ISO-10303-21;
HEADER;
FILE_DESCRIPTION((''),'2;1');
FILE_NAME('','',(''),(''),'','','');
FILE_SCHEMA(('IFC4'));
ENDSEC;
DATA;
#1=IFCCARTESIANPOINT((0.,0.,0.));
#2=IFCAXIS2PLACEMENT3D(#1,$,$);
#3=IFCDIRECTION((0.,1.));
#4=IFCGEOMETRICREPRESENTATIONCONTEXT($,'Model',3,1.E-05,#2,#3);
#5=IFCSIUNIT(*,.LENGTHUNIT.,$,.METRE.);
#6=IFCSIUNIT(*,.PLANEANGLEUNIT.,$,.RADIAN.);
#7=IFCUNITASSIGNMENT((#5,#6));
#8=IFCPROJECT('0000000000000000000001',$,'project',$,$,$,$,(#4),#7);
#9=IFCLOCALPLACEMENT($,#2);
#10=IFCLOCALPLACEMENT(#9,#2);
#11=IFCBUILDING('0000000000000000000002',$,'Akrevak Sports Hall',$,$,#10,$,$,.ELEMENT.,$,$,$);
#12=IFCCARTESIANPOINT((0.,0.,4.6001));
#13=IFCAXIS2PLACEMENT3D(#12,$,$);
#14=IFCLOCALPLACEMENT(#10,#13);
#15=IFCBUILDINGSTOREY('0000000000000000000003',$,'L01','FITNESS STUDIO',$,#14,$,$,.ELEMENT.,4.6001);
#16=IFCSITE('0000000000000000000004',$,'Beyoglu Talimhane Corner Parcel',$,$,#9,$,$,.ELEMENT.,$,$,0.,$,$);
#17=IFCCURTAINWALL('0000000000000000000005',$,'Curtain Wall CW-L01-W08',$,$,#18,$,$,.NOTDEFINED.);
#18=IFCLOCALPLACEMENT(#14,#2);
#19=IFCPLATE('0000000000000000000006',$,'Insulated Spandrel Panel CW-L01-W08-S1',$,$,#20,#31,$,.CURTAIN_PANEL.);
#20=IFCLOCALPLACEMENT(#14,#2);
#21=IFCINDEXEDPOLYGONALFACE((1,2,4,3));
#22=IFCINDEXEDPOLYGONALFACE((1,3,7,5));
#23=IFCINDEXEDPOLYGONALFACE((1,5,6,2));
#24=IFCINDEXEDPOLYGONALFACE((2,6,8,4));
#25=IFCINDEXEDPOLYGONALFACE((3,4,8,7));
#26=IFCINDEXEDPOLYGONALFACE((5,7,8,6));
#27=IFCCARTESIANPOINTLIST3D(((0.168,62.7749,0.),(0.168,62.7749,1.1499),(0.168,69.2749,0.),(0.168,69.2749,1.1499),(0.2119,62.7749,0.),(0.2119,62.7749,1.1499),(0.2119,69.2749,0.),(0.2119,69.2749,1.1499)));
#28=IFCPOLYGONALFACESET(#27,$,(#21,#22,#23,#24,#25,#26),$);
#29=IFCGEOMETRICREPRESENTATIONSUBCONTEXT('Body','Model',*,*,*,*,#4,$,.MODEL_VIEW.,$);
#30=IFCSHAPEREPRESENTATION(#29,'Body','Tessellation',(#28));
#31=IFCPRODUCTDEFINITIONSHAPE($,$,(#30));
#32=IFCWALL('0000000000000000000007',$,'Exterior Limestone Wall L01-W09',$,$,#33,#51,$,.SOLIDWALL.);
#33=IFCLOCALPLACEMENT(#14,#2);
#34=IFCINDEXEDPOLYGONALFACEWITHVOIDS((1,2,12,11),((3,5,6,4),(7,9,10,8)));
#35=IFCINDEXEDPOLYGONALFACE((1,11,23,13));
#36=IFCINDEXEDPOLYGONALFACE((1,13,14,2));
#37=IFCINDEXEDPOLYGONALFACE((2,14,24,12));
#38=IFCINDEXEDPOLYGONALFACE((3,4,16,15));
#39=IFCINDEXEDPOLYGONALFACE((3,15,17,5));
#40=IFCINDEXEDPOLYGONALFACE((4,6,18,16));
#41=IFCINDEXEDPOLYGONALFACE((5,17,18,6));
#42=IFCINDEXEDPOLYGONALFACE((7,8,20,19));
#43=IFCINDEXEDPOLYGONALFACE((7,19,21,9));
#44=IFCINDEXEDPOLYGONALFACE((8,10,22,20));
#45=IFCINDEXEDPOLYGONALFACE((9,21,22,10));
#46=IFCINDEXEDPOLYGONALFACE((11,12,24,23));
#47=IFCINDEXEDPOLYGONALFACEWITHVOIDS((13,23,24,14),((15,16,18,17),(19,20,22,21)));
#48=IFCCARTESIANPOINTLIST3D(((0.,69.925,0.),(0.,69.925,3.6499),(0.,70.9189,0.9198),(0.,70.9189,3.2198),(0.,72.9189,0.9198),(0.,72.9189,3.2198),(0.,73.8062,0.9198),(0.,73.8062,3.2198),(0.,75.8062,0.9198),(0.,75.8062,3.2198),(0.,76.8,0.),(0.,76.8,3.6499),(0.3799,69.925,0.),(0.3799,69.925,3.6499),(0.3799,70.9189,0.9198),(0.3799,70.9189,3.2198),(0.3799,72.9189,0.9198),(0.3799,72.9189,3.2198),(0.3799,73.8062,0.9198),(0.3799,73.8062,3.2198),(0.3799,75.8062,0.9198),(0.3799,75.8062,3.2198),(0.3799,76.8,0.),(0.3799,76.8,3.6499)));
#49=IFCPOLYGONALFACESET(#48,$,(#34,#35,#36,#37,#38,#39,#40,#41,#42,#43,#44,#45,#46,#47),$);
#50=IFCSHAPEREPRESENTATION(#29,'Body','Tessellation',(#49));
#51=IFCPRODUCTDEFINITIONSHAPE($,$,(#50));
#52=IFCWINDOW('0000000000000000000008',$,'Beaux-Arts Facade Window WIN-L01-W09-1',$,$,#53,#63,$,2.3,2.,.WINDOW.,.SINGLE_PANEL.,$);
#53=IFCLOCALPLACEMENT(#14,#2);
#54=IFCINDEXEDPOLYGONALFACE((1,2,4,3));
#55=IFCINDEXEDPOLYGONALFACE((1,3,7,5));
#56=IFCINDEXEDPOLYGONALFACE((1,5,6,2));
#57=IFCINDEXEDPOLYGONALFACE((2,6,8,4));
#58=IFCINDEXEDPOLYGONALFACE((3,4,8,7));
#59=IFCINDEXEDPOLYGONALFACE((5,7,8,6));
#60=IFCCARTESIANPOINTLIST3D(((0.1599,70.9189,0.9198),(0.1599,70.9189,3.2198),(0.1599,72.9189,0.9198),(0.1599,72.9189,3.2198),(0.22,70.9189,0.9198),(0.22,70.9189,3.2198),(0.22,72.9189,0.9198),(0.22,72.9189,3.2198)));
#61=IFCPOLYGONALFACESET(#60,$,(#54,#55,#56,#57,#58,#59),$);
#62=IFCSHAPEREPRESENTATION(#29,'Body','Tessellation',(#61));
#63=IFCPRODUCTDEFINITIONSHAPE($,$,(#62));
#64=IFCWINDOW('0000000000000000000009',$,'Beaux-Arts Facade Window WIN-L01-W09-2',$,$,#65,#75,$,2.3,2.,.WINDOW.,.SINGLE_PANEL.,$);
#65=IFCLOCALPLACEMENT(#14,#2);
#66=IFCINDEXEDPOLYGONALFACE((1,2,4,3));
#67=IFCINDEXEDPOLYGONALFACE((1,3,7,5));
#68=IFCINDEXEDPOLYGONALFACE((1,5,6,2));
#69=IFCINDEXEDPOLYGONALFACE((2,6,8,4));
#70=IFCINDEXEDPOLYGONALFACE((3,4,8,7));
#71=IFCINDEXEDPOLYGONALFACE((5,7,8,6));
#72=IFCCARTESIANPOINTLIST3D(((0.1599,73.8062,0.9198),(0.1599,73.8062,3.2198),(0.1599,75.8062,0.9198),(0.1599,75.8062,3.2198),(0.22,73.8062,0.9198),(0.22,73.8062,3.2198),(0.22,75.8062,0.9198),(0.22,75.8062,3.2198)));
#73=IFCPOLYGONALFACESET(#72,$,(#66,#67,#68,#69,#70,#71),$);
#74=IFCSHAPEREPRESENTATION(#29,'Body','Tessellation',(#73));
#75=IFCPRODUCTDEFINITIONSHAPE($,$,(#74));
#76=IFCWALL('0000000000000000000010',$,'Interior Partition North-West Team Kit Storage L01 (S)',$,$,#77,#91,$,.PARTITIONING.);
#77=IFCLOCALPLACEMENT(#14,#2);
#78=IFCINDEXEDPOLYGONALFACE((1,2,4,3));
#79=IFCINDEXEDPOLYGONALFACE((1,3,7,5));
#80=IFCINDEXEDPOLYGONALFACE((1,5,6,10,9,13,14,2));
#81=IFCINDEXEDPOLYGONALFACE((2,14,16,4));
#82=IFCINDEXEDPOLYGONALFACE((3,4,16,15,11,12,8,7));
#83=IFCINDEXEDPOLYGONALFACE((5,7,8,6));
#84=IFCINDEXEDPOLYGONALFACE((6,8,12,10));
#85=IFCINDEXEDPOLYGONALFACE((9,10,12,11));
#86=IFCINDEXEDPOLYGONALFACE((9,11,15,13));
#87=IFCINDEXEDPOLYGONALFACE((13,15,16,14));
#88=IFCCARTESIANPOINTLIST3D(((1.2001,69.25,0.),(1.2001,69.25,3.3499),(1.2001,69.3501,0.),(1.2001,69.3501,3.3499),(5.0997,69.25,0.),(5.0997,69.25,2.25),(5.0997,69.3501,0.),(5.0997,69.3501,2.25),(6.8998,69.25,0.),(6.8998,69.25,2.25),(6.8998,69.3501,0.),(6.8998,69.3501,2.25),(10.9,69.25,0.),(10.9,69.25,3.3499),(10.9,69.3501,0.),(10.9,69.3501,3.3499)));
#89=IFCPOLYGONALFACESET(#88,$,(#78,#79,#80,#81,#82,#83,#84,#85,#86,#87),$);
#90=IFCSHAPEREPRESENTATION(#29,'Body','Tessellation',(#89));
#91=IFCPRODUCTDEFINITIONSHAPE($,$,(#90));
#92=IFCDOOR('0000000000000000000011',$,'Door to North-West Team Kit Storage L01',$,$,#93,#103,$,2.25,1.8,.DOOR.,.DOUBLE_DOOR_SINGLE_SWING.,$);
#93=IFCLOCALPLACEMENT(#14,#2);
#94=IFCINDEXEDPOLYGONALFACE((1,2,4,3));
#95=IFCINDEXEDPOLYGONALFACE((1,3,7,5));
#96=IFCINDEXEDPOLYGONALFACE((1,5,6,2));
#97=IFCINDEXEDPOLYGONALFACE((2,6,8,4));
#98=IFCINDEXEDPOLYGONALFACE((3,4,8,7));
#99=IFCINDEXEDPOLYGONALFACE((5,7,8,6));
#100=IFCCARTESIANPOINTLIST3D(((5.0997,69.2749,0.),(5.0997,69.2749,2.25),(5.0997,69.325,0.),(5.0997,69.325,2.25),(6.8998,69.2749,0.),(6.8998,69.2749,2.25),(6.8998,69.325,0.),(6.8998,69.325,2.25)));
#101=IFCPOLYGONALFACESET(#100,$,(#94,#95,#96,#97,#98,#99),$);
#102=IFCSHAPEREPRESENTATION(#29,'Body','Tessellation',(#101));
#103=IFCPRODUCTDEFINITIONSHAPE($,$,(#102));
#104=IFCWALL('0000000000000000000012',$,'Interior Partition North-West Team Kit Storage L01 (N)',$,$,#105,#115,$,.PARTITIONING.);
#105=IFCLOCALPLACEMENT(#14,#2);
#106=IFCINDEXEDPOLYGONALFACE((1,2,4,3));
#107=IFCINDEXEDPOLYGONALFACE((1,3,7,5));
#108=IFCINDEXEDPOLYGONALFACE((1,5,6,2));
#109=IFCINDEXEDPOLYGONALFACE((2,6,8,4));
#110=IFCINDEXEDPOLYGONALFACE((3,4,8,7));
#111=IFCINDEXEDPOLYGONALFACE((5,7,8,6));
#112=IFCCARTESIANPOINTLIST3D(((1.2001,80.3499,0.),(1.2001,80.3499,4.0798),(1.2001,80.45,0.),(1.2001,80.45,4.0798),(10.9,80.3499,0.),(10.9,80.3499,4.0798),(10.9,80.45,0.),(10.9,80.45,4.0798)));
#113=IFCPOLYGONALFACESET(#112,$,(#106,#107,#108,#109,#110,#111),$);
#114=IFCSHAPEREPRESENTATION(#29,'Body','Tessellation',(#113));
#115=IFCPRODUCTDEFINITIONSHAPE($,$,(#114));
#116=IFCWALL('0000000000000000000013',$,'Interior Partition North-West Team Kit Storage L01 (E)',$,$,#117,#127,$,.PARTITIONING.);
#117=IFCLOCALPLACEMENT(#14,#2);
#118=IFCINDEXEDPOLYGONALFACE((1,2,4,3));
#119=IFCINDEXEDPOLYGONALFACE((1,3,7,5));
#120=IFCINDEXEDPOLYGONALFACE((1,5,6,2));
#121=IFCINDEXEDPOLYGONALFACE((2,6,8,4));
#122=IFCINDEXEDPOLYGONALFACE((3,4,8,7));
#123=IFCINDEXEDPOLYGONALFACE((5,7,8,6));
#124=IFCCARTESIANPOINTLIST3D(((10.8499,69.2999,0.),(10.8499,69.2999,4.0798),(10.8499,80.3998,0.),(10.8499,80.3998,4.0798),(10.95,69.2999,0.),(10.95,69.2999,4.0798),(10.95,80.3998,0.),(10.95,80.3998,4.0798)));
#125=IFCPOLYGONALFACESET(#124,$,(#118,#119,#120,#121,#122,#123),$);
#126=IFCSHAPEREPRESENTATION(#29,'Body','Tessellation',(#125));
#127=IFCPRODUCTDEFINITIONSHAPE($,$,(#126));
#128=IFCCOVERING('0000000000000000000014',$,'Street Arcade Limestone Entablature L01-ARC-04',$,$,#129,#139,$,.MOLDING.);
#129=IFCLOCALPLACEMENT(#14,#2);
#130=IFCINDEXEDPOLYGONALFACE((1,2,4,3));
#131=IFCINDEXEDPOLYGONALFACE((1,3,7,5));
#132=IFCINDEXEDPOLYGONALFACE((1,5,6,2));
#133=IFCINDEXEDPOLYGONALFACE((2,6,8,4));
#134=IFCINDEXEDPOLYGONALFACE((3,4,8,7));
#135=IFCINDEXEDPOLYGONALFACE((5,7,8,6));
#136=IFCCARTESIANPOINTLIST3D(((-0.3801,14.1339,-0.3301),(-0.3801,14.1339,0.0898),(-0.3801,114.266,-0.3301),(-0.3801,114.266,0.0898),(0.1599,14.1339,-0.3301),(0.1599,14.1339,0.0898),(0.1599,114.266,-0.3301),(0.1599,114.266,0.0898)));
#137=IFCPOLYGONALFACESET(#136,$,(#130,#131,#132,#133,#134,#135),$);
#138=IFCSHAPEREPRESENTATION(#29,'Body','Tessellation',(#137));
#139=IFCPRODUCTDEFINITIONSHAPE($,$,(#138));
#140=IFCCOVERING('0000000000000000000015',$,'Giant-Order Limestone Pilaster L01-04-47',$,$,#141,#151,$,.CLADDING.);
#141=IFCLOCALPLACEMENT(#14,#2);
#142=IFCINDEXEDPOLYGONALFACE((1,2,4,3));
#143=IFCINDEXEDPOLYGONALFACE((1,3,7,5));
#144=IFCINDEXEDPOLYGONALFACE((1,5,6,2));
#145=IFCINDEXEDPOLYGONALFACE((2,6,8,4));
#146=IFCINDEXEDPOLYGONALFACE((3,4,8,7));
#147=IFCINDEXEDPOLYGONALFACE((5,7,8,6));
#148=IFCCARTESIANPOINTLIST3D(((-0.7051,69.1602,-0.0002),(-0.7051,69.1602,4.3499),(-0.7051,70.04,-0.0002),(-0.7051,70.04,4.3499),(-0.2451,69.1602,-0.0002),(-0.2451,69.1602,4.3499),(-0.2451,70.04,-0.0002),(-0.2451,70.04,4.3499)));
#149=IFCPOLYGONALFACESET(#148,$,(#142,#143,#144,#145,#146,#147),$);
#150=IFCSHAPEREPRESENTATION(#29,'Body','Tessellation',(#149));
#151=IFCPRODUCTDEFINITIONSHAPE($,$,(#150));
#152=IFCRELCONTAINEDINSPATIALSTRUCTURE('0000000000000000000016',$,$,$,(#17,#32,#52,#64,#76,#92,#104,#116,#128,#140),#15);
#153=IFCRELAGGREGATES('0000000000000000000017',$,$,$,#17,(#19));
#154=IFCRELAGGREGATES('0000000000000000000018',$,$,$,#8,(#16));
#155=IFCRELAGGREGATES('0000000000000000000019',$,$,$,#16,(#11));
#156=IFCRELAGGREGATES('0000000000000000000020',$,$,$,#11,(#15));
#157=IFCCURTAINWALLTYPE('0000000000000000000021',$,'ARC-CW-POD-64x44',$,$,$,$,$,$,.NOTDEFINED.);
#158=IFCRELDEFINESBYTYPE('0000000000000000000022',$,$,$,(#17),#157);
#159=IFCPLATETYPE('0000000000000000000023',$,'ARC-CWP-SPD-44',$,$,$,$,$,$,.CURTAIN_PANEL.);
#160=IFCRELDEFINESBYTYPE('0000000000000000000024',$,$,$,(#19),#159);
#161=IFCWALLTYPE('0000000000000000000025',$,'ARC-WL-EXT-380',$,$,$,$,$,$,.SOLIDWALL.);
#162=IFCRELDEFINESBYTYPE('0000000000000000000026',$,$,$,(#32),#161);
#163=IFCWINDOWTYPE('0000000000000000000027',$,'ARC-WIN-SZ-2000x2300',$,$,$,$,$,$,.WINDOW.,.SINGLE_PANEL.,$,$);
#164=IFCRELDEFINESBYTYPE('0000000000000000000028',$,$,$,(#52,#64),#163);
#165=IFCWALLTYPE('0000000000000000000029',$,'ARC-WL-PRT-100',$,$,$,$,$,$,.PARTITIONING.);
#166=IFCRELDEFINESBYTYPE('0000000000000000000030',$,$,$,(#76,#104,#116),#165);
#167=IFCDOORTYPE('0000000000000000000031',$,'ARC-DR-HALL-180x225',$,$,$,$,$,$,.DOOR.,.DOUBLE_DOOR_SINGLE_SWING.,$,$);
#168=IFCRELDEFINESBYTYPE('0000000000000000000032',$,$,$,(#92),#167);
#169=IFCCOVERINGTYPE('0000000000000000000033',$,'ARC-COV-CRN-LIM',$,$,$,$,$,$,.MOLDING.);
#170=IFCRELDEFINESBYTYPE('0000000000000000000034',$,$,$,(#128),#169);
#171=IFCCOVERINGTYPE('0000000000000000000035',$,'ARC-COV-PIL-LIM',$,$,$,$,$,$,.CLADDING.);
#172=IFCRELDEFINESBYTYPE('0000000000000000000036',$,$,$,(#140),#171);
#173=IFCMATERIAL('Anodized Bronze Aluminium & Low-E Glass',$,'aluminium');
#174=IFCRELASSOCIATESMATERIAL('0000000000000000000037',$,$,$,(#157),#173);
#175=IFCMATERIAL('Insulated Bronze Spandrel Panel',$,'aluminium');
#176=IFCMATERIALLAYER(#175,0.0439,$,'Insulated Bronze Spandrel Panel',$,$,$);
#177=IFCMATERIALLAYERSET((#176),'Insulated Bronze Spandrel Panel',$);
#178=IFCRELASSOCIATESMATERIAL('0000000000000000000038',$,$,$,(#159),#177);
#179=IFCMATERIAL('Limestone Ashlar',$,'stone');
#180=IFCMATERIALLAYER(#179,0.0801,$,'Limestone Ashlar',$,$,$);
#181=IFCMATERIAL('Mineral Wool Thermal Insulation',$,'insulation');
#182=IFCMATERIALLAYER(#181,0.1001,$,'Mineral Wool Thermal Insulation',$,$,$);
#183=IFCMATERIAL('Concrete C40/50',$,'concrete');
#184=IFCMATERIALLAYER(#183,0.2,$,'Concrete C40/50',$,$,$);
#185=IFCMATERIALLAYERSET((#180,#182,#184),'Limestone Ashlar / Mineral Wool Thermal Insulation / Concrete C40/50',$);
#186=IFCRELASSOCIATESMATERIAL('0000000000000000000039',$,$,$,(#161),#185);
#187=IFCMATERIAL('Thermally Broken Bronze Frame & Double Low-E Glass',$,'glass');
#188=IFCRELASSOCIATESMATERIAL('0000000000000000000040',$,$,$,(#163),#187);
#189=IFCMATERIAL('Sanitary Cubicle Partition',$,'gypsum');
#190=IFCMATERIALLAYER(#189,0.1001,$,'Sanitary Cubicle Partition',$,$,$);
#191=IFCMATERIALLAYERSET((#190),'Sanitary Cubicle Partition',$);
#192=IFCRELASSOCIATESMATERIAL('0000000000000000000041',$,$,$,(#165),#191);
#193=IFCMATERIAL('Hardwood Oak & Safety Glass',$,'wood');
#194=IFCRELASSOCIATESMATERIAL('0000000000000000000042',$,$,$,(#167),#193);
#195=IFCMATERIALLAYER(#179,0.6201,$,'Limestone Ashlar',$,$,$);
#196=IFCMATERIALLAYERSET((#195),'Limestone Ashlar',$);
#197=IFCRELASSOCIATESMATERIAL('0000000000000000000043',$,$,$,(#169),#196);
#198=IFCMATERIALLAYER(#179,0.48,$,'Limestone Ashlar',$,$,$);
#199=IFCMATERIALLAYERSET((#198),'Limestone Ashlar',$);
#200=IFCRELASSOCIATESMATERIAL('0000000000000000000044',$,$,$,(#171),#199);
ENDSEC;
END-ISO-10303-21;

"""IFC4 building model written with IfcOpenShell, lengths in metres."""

from ifc_helpers import new_model, si_unit, direction, frame, frame_2d, origin, origin_2d, place, context, subcontext, project, spatial, rectangle, extrude, material, layer, layer_set, type_object, element, fill, aggregate, save


model = new_model("IFC4")

# Units and contexts
model_context = context("Model", 3, precision=1e-05, world=origin(), true_north=direction((0.0, 1.0)))
body_context = subcontext(model_context, "Body", "Model", "MODEL_VIEW")
ifc_project = project(units=[si_unit("LENGTHUNIT", "METRE"), si_unit("PLANEANGLEUNIT", "RADIAN")], contexts=[model_context])

# Site, building, storey
site_placement = place(None, origin())
site = spatial("IfcSite", under=ifc_project, at=site_placement, Name="Beyoglu Talimhane Corner Parcel", CompositionType="ELEMENT", RefElevation=0.0)
building_placement = place(site_placement, origin())
building = spatial("IfcBuilding", under=site, at=building_placement, Name="Akrevak Sports Hall", CompositionType="ELEMENT")
storey_placement = place(building_placement, frame((0.0, 0.0, 4.6001)))
storey = spatial("IfcBuildingStorey", under=building, at=storey_placement, Name="L01", Description="FITNESS STUDIO", CompositionType="ELEMENT", Elevation=4.6001)

# Shared definitions
ifc_material_1 = material(Name="Concrete C40/50", Category="concrete")

# Curtain wall
ifc_material_2 = material(Name="Anodized Bronze Aluminium & Low-E Glass", Category="aluminium")
curtain_wall_type = type_object("IfcCurtainWallType", Name="ARC-CW-POD-64x44", PredefinedType="NOTDEFINED", material=ifc_material_2)
curtain_wall_placement = place(storey_placement, origin())
curtain_wall = element("IfcCurtainWall", 1, at=curtain_wall_placement, inside=storey, type_object=curtain_wall_type, Name="Curtain Wall CW-L01-W08", PredefinedType="NOTDEFINED")

# Plate
ifc_material_3 = material(Name="Insulated Bronze Spandrel Panel", Category="aluminium")
ifc_layer_1 = layer(ifc_material_3, 0.0439, Name="Insulated Bronze Spandrel Panel")
ifc_layer_set_1 = layer_set([ifc_layer_1], Name="Insulated Bronze Spandrel Panel")
plate_type_1 = type_object("IfcPlateType", Name="ARC-CWP-SPD-44", PredefinedType="CURTAIN_PANEL", material=ifc_layer_set_1)
plate_1_placement = place(storey_placement, frame((0.1899, 66.0249, 0.0), z_axis=(0.0, 0.0, 1.0), x_axis=(0.0, -1.0, 0.0)))
plate_1 = element("IfcPlate", 2, at=plate_1_placement, type_object=plate_type_1, Name="Insulated Spandrel Panel CW-L01-W08-S1", PredefinedType="CURTAIN_PANEL", context=body_context, shape_type="SweptSolid", body=[
    extrude(rectangle(XDim=6.5, YDim=0.0439, at=origin_2d()), origin(), (0.0, 0.0, 1.0), 1.1499),
])
aggregate(curtain_wall, [plate_1])

# Wall, openings, windows
ifc_material_4 = material(Name="Limestone Ashlar", Category="stone")
ifc_layer_2 = layer(ifc_material_4, 0.0801, Name="Limestone Ashlar")
ifc_material_5 = material(Name="Mineral Wool Thermal Insulation", Category="insulation")
ifc_layer_3 = layer(ifc_material_5, 0.1001, Name="Mineral Wool Thermal Insulation")
ifc_layer_4 = layer(ifc_material_1, 0.2, Name="Concrete C40/50")
ifc_layer_set_2 = layer_set([ifc_layer_2, ifc_layer_3, ifc_layer_4], Name="Limestone Ashlar / Mineral Wool Thermal Insulation / Concrete C40/50")
wall_type_1 = type_object("IfcWallType", Name="ARC-WL-EXT-380", PredefinedType="SOLIDWALL", material=ifc_layer_set_2)
wall_1_placement = place(storey_placement, frame((0.1899, 76.8, 0.0), z_axis=(0.0, 0.0, 1.0), x_axis=(0.0, -1.0, 0.0)))
wall_1 = element("IfcWall", 3, at=wall_1_placement, inside=storey, type_object=wall_type_1, Name="Exterior Limestone Wall L01-W09", PredefinedType="SOLIDWALL", context=body_context, shape_type="SweptSolid", body=[
    extrude(rectangle(XDim=6.875, YDim=0.3799, at=frame_2d((3.4375, 0.0))), origin(), (0.0, 0.0, 1.0), 3.6499),
])
opening_1_placement = place(wall_1_placement, frame((3.8811, 0.0, 0.9199)))
opening_1 = element("IfcOpeningElement", 4, at=opening_1_placement, cuts=wall_1, PredefinedType="OPENING", context=body_context, shape_type="SweptSolid", body=[
    extrude(rectangle(XDim=2.0, YDim=2.3, at=frame_2d((1.0, 1.1499))), frame((0.0, 0.2019, 0.0), z_axis=(0.0, -1.0, 0.0), x_axis=(1.0, 0.0, 0.0)), (0.0, 0.0, 1.0), 0.4038),
])
opening_2_placement = place(wall_1_placement, frame((0.9939, 0.0, 0.9199)))
opening_2 = element("IfcOpeningElement", 5, at=opening_2_placement, cuts=wall_1, PredefinedType="OPENING", context=body_context, shape_type="SweptSolid", body=[
    extrude(rectangle(XDim=2.0, YDim=2.3, at=frame_2d((1.0, 1.1499))), frame((0.0, 0.2019, 0.0), z_axis=(0.0, -1.0, 0.0), x_axis=(1.0, 0.0, 0.0)), (0.0, 0.0, 1.0), 0.4038),
])
ifc_material_6 = material(Name="Thermally Broken Bronze Frame & Double Low-E Glass", Category="glass")
window_type = type_object("IfcWindowType", Name="ARC-WIN-SZ-2000x2300", PartitioningType="SINGLE_PANEL", PredefinedType="WINDOW", material=ifc_material_6)
window_1_placement = place(opening_1_placement, origin())
window_1 = element("IfcWindow", 6, at=window_1_placement, inside=storey, type_object=window_type, Name="Beaux-Arts Facade Window WIN-L01-W09-1", OverallHeight=2.3, OverallWidth=2.0, PartitioningType="SINGLE_PANEL", PredefinedType="WINDOW", context=body_context, shape_type="SweptSolid", body=[
    extrude(rectangle(XDim=2.0, YDim=2.3, at=frame_2d((1.0, 1.1499))), frame((0.0, 0.03, 0.0), z_axis=(0.0, -1.0, 0.0), x_axis=(1.0, 0.0, 0.0)), (0.0, 0.0, 1.0), 0.0601),
])
fill(opening_1, window_1)
window_2_placement = place(opening_2_placement, origin())
window_2 = element("IfcWindow", 7, at=window_2_placement, inside=storey, type_object=window_type, Name="Beaux-Arts Facade Window WIN-L01-W09-2", OverallHeight=2.3, OverallWidth=2.0, PartitioningType="SINGLE_PANEL", PredefinedType="WINDOW", context=body_context, shape_type="SweptSolid", body=[
    extrude(rectangle(XDim=2.0, YDim=2.3, at=frame_2d((1.0, 1.1499))), frame((0.0, 0.03, 0.0), z_axis=(0.0, -1.0, 0.0), x_axis=(1.0, 0.0, 0.0)), (0.0, 0.0, 1.0), 0.0601),
])
fill(opening_2, window_2)

# Wall, opening, door
ifc_material_7 = material(Name="Sanitary Cubicle Partition", Category="gypsum")
ifc_layer_5 = layer(ifc_material_7, 0.1001, Name="Sanitary Cubicle Partition")
ifc_layer_set_3 = layer_set([ifc_layer_5], Name="Sanitary Cubicle Partition")
wall_type_2 = type_object("IfcWallType", Name="ARC-WL-PRT-100", PredefinedType="PARTITIONING", material=ifc_layer_set_3)
wall_2_placement = place(storey_placement, frame((1.2, 69.3, 0.0), z_axis=(0.0, 0.0, 1.0), x_axis=(1.0, 0.0, 0.0)))
wall_2 = element("IfcWall", 8, at=wall_2_placement, inside=storey, type_object=wall_type_2, Name="Interior Partition North-West Team Kit Storage L01 (S)", PredefinedType="PARTITIONING", context=body_context, shape_type="SweptSolid", body=[
    extrude(rectangle(XDim=9.7, YDim=0.1001, at=frame_2d((4.8501, 0.0))), origin(), (0.0, 0.0, 1.0), 3.3499),
])
opening_3_placement = place(wall_2_placement, frame((3.8999, 0.0, 0.0)))
opening_3 = element("IfcOpeningElement", 9, at=opening_3_placement, cuts=wall_2, PredefinedType="OPENING", context=body_context, shape_type="SweptSolid", body=[
    extrude(rectangle(XDim=1.8, YDim=2.25, at=frame_2d((0.8999, 1.125))), frame((0.0, 0.062, 0.0), z_axis=(0.0, -1.0, 0.0), x_axis=(1.0, 0.0, 0.0)), (0.0, 0.0, 1.0), 0.124),
])
ifc_material_8 = material(Name="Hardwood Oak & Safety Glass", Category="wood")
door_type = type_object("IfcDoorType", Name="ARC-DR-HALL-180x225", OperationType="DOUBLE_DOOR_SINGLE_SWING", PredefinedType="DOOR", material=ifc_material_8)
door_placement = place(opening_3_placement, origin())
door = element("IfcDoor", 10, at=door_placement, inside=storey, type_object=door_type, Name="Door to North-West Team Kit Storage L01", OperationType="DOUBLE_DOOR_SINGLE_SWING", OverallHeight=2.25, OverallWidth=1.8, PredefinedType="DOOR", context=body_context, shape_type="SweptSolid", body=[
    extrude(rectangle(XDim=1.8, YDim=2.25, at=frame_2d((0.8999, 1.125))), frame((0.0, 0.0249, 0.0), z_axis=(0.0, -1.0, 0.0), x_axis=(1.0, 0.0, 0.0)), (0.0, 0.0, 1.0), 0.05),
])
fill(opening_3, door)

# Walls
wall_3_placement = place(storey_placement, frame((1.2, 80.3999, 0.0), z_axis=(0.0, 0.0, 1.0), x_axis=(1.0, 0.0, 0.0)))
element("IfcWall", 11, at=wall_3_placement, inside=storey, type_object=wall_type_2, Name="Interior Partition North-West Team Kit Storage L01 (N)", PredefinedType="PARTITIONING", context=body_context, shape_type="SweptSolid", body=[
    extrude(rectangle(XDim=9.7, YDim=0.1001, at=frame_2d((4.8501, 0.0))), origin(), (0.0, 0.0, 1.0), 4.0798),
])
wall_4_placement = place(storey_placement, frame((10.8999, 69.3, 0.0), z_axis=(0.0, 0.0, 1.0), x_axis=(0.0, 1.0, 0.0)))
element("IfcWall", 12, at=wall_4_placement, inside=storey, type_object=wall_type_2, Name="Interior Partition North-West Team Kit Storage L01 (E)", PredefinedType="PARTITIONING", context=body_context, shape_type="SweptSolid", body=[
    extrude(rectangle(XDim=11.0999, YDim=0.1001, at=frame_2d((5.5498, 0.0))), origin(), (0.0, 0.0, 1.0), 4.0798),
])

# Coverings
ifc_layer_6 = layer(ifc_material_4, 0.6201, Name="Limestone Ashlar")
ifc_layer_set_4 = layer_set([ifc_layer_6], Name="Limestone Ashlar")
covering_type_1 = type_object("IfcCoveringType", Name="ARC-COV-CRN-LIM", PredefinedType="MOLDING", material=ifc_layer_set_4)
covering_1_placement = place(storey_placement, frame((-0.1101, 64.2, -0.3301), z_axis=(0.0, 0.0, 1.0), x_axis=(0.0, -1.0, 0.0)))
element("IfcCovering", 13, at=covering_1_placement, inside=storey, type_object=covering_type_1, Name="Street Arcade Limestone Entablature L01-ARC-04", PredefinedType="MOLDING", context=body_context, shape_type="SweptSolid", body=[
    extrude(rectangle(XDim=100.1321, YDim=0.54, at=origin_2d()), origin(), (0.0, 0.0, 1.0), 0.4199),
])
ifc_layer_7 = layer(ifc_material_4, 0.48, Name="Limestone Ashlar")
ifc_layer_set_5 = layer_set([ifc_layer_7], Name="Limestone Ashlar")
covering_type_2 = type_object("IfcCoveringType", Name="ARC-COV-PIL-LIM", PredefinedType="CLADDING", material=ifc_layer_set_5)
covering_2_placement = place(storey_placement, frame((-0.4751, 69.6001, -0.0002), z_axis=(0.0, 0.0, 1.0), x_axis=(0.0, -1.0, 0.0)))
element("IfcCovering", 14, at=covering_2_placement, inside=storey, type_object=covering_type_2, Name="Giant-Order Limestone Pilaster L01-04-47", PredefinedType="CLADDING", context=body_context, shape_type="SweptSolid", body=[
    extrude(rectangle(XDim=0.8799, YDim=0.46, at=origin_2d()), origin(), (0.0, 0.0, 1.0), 4.3501),
])

save(model, "model.ifc")
